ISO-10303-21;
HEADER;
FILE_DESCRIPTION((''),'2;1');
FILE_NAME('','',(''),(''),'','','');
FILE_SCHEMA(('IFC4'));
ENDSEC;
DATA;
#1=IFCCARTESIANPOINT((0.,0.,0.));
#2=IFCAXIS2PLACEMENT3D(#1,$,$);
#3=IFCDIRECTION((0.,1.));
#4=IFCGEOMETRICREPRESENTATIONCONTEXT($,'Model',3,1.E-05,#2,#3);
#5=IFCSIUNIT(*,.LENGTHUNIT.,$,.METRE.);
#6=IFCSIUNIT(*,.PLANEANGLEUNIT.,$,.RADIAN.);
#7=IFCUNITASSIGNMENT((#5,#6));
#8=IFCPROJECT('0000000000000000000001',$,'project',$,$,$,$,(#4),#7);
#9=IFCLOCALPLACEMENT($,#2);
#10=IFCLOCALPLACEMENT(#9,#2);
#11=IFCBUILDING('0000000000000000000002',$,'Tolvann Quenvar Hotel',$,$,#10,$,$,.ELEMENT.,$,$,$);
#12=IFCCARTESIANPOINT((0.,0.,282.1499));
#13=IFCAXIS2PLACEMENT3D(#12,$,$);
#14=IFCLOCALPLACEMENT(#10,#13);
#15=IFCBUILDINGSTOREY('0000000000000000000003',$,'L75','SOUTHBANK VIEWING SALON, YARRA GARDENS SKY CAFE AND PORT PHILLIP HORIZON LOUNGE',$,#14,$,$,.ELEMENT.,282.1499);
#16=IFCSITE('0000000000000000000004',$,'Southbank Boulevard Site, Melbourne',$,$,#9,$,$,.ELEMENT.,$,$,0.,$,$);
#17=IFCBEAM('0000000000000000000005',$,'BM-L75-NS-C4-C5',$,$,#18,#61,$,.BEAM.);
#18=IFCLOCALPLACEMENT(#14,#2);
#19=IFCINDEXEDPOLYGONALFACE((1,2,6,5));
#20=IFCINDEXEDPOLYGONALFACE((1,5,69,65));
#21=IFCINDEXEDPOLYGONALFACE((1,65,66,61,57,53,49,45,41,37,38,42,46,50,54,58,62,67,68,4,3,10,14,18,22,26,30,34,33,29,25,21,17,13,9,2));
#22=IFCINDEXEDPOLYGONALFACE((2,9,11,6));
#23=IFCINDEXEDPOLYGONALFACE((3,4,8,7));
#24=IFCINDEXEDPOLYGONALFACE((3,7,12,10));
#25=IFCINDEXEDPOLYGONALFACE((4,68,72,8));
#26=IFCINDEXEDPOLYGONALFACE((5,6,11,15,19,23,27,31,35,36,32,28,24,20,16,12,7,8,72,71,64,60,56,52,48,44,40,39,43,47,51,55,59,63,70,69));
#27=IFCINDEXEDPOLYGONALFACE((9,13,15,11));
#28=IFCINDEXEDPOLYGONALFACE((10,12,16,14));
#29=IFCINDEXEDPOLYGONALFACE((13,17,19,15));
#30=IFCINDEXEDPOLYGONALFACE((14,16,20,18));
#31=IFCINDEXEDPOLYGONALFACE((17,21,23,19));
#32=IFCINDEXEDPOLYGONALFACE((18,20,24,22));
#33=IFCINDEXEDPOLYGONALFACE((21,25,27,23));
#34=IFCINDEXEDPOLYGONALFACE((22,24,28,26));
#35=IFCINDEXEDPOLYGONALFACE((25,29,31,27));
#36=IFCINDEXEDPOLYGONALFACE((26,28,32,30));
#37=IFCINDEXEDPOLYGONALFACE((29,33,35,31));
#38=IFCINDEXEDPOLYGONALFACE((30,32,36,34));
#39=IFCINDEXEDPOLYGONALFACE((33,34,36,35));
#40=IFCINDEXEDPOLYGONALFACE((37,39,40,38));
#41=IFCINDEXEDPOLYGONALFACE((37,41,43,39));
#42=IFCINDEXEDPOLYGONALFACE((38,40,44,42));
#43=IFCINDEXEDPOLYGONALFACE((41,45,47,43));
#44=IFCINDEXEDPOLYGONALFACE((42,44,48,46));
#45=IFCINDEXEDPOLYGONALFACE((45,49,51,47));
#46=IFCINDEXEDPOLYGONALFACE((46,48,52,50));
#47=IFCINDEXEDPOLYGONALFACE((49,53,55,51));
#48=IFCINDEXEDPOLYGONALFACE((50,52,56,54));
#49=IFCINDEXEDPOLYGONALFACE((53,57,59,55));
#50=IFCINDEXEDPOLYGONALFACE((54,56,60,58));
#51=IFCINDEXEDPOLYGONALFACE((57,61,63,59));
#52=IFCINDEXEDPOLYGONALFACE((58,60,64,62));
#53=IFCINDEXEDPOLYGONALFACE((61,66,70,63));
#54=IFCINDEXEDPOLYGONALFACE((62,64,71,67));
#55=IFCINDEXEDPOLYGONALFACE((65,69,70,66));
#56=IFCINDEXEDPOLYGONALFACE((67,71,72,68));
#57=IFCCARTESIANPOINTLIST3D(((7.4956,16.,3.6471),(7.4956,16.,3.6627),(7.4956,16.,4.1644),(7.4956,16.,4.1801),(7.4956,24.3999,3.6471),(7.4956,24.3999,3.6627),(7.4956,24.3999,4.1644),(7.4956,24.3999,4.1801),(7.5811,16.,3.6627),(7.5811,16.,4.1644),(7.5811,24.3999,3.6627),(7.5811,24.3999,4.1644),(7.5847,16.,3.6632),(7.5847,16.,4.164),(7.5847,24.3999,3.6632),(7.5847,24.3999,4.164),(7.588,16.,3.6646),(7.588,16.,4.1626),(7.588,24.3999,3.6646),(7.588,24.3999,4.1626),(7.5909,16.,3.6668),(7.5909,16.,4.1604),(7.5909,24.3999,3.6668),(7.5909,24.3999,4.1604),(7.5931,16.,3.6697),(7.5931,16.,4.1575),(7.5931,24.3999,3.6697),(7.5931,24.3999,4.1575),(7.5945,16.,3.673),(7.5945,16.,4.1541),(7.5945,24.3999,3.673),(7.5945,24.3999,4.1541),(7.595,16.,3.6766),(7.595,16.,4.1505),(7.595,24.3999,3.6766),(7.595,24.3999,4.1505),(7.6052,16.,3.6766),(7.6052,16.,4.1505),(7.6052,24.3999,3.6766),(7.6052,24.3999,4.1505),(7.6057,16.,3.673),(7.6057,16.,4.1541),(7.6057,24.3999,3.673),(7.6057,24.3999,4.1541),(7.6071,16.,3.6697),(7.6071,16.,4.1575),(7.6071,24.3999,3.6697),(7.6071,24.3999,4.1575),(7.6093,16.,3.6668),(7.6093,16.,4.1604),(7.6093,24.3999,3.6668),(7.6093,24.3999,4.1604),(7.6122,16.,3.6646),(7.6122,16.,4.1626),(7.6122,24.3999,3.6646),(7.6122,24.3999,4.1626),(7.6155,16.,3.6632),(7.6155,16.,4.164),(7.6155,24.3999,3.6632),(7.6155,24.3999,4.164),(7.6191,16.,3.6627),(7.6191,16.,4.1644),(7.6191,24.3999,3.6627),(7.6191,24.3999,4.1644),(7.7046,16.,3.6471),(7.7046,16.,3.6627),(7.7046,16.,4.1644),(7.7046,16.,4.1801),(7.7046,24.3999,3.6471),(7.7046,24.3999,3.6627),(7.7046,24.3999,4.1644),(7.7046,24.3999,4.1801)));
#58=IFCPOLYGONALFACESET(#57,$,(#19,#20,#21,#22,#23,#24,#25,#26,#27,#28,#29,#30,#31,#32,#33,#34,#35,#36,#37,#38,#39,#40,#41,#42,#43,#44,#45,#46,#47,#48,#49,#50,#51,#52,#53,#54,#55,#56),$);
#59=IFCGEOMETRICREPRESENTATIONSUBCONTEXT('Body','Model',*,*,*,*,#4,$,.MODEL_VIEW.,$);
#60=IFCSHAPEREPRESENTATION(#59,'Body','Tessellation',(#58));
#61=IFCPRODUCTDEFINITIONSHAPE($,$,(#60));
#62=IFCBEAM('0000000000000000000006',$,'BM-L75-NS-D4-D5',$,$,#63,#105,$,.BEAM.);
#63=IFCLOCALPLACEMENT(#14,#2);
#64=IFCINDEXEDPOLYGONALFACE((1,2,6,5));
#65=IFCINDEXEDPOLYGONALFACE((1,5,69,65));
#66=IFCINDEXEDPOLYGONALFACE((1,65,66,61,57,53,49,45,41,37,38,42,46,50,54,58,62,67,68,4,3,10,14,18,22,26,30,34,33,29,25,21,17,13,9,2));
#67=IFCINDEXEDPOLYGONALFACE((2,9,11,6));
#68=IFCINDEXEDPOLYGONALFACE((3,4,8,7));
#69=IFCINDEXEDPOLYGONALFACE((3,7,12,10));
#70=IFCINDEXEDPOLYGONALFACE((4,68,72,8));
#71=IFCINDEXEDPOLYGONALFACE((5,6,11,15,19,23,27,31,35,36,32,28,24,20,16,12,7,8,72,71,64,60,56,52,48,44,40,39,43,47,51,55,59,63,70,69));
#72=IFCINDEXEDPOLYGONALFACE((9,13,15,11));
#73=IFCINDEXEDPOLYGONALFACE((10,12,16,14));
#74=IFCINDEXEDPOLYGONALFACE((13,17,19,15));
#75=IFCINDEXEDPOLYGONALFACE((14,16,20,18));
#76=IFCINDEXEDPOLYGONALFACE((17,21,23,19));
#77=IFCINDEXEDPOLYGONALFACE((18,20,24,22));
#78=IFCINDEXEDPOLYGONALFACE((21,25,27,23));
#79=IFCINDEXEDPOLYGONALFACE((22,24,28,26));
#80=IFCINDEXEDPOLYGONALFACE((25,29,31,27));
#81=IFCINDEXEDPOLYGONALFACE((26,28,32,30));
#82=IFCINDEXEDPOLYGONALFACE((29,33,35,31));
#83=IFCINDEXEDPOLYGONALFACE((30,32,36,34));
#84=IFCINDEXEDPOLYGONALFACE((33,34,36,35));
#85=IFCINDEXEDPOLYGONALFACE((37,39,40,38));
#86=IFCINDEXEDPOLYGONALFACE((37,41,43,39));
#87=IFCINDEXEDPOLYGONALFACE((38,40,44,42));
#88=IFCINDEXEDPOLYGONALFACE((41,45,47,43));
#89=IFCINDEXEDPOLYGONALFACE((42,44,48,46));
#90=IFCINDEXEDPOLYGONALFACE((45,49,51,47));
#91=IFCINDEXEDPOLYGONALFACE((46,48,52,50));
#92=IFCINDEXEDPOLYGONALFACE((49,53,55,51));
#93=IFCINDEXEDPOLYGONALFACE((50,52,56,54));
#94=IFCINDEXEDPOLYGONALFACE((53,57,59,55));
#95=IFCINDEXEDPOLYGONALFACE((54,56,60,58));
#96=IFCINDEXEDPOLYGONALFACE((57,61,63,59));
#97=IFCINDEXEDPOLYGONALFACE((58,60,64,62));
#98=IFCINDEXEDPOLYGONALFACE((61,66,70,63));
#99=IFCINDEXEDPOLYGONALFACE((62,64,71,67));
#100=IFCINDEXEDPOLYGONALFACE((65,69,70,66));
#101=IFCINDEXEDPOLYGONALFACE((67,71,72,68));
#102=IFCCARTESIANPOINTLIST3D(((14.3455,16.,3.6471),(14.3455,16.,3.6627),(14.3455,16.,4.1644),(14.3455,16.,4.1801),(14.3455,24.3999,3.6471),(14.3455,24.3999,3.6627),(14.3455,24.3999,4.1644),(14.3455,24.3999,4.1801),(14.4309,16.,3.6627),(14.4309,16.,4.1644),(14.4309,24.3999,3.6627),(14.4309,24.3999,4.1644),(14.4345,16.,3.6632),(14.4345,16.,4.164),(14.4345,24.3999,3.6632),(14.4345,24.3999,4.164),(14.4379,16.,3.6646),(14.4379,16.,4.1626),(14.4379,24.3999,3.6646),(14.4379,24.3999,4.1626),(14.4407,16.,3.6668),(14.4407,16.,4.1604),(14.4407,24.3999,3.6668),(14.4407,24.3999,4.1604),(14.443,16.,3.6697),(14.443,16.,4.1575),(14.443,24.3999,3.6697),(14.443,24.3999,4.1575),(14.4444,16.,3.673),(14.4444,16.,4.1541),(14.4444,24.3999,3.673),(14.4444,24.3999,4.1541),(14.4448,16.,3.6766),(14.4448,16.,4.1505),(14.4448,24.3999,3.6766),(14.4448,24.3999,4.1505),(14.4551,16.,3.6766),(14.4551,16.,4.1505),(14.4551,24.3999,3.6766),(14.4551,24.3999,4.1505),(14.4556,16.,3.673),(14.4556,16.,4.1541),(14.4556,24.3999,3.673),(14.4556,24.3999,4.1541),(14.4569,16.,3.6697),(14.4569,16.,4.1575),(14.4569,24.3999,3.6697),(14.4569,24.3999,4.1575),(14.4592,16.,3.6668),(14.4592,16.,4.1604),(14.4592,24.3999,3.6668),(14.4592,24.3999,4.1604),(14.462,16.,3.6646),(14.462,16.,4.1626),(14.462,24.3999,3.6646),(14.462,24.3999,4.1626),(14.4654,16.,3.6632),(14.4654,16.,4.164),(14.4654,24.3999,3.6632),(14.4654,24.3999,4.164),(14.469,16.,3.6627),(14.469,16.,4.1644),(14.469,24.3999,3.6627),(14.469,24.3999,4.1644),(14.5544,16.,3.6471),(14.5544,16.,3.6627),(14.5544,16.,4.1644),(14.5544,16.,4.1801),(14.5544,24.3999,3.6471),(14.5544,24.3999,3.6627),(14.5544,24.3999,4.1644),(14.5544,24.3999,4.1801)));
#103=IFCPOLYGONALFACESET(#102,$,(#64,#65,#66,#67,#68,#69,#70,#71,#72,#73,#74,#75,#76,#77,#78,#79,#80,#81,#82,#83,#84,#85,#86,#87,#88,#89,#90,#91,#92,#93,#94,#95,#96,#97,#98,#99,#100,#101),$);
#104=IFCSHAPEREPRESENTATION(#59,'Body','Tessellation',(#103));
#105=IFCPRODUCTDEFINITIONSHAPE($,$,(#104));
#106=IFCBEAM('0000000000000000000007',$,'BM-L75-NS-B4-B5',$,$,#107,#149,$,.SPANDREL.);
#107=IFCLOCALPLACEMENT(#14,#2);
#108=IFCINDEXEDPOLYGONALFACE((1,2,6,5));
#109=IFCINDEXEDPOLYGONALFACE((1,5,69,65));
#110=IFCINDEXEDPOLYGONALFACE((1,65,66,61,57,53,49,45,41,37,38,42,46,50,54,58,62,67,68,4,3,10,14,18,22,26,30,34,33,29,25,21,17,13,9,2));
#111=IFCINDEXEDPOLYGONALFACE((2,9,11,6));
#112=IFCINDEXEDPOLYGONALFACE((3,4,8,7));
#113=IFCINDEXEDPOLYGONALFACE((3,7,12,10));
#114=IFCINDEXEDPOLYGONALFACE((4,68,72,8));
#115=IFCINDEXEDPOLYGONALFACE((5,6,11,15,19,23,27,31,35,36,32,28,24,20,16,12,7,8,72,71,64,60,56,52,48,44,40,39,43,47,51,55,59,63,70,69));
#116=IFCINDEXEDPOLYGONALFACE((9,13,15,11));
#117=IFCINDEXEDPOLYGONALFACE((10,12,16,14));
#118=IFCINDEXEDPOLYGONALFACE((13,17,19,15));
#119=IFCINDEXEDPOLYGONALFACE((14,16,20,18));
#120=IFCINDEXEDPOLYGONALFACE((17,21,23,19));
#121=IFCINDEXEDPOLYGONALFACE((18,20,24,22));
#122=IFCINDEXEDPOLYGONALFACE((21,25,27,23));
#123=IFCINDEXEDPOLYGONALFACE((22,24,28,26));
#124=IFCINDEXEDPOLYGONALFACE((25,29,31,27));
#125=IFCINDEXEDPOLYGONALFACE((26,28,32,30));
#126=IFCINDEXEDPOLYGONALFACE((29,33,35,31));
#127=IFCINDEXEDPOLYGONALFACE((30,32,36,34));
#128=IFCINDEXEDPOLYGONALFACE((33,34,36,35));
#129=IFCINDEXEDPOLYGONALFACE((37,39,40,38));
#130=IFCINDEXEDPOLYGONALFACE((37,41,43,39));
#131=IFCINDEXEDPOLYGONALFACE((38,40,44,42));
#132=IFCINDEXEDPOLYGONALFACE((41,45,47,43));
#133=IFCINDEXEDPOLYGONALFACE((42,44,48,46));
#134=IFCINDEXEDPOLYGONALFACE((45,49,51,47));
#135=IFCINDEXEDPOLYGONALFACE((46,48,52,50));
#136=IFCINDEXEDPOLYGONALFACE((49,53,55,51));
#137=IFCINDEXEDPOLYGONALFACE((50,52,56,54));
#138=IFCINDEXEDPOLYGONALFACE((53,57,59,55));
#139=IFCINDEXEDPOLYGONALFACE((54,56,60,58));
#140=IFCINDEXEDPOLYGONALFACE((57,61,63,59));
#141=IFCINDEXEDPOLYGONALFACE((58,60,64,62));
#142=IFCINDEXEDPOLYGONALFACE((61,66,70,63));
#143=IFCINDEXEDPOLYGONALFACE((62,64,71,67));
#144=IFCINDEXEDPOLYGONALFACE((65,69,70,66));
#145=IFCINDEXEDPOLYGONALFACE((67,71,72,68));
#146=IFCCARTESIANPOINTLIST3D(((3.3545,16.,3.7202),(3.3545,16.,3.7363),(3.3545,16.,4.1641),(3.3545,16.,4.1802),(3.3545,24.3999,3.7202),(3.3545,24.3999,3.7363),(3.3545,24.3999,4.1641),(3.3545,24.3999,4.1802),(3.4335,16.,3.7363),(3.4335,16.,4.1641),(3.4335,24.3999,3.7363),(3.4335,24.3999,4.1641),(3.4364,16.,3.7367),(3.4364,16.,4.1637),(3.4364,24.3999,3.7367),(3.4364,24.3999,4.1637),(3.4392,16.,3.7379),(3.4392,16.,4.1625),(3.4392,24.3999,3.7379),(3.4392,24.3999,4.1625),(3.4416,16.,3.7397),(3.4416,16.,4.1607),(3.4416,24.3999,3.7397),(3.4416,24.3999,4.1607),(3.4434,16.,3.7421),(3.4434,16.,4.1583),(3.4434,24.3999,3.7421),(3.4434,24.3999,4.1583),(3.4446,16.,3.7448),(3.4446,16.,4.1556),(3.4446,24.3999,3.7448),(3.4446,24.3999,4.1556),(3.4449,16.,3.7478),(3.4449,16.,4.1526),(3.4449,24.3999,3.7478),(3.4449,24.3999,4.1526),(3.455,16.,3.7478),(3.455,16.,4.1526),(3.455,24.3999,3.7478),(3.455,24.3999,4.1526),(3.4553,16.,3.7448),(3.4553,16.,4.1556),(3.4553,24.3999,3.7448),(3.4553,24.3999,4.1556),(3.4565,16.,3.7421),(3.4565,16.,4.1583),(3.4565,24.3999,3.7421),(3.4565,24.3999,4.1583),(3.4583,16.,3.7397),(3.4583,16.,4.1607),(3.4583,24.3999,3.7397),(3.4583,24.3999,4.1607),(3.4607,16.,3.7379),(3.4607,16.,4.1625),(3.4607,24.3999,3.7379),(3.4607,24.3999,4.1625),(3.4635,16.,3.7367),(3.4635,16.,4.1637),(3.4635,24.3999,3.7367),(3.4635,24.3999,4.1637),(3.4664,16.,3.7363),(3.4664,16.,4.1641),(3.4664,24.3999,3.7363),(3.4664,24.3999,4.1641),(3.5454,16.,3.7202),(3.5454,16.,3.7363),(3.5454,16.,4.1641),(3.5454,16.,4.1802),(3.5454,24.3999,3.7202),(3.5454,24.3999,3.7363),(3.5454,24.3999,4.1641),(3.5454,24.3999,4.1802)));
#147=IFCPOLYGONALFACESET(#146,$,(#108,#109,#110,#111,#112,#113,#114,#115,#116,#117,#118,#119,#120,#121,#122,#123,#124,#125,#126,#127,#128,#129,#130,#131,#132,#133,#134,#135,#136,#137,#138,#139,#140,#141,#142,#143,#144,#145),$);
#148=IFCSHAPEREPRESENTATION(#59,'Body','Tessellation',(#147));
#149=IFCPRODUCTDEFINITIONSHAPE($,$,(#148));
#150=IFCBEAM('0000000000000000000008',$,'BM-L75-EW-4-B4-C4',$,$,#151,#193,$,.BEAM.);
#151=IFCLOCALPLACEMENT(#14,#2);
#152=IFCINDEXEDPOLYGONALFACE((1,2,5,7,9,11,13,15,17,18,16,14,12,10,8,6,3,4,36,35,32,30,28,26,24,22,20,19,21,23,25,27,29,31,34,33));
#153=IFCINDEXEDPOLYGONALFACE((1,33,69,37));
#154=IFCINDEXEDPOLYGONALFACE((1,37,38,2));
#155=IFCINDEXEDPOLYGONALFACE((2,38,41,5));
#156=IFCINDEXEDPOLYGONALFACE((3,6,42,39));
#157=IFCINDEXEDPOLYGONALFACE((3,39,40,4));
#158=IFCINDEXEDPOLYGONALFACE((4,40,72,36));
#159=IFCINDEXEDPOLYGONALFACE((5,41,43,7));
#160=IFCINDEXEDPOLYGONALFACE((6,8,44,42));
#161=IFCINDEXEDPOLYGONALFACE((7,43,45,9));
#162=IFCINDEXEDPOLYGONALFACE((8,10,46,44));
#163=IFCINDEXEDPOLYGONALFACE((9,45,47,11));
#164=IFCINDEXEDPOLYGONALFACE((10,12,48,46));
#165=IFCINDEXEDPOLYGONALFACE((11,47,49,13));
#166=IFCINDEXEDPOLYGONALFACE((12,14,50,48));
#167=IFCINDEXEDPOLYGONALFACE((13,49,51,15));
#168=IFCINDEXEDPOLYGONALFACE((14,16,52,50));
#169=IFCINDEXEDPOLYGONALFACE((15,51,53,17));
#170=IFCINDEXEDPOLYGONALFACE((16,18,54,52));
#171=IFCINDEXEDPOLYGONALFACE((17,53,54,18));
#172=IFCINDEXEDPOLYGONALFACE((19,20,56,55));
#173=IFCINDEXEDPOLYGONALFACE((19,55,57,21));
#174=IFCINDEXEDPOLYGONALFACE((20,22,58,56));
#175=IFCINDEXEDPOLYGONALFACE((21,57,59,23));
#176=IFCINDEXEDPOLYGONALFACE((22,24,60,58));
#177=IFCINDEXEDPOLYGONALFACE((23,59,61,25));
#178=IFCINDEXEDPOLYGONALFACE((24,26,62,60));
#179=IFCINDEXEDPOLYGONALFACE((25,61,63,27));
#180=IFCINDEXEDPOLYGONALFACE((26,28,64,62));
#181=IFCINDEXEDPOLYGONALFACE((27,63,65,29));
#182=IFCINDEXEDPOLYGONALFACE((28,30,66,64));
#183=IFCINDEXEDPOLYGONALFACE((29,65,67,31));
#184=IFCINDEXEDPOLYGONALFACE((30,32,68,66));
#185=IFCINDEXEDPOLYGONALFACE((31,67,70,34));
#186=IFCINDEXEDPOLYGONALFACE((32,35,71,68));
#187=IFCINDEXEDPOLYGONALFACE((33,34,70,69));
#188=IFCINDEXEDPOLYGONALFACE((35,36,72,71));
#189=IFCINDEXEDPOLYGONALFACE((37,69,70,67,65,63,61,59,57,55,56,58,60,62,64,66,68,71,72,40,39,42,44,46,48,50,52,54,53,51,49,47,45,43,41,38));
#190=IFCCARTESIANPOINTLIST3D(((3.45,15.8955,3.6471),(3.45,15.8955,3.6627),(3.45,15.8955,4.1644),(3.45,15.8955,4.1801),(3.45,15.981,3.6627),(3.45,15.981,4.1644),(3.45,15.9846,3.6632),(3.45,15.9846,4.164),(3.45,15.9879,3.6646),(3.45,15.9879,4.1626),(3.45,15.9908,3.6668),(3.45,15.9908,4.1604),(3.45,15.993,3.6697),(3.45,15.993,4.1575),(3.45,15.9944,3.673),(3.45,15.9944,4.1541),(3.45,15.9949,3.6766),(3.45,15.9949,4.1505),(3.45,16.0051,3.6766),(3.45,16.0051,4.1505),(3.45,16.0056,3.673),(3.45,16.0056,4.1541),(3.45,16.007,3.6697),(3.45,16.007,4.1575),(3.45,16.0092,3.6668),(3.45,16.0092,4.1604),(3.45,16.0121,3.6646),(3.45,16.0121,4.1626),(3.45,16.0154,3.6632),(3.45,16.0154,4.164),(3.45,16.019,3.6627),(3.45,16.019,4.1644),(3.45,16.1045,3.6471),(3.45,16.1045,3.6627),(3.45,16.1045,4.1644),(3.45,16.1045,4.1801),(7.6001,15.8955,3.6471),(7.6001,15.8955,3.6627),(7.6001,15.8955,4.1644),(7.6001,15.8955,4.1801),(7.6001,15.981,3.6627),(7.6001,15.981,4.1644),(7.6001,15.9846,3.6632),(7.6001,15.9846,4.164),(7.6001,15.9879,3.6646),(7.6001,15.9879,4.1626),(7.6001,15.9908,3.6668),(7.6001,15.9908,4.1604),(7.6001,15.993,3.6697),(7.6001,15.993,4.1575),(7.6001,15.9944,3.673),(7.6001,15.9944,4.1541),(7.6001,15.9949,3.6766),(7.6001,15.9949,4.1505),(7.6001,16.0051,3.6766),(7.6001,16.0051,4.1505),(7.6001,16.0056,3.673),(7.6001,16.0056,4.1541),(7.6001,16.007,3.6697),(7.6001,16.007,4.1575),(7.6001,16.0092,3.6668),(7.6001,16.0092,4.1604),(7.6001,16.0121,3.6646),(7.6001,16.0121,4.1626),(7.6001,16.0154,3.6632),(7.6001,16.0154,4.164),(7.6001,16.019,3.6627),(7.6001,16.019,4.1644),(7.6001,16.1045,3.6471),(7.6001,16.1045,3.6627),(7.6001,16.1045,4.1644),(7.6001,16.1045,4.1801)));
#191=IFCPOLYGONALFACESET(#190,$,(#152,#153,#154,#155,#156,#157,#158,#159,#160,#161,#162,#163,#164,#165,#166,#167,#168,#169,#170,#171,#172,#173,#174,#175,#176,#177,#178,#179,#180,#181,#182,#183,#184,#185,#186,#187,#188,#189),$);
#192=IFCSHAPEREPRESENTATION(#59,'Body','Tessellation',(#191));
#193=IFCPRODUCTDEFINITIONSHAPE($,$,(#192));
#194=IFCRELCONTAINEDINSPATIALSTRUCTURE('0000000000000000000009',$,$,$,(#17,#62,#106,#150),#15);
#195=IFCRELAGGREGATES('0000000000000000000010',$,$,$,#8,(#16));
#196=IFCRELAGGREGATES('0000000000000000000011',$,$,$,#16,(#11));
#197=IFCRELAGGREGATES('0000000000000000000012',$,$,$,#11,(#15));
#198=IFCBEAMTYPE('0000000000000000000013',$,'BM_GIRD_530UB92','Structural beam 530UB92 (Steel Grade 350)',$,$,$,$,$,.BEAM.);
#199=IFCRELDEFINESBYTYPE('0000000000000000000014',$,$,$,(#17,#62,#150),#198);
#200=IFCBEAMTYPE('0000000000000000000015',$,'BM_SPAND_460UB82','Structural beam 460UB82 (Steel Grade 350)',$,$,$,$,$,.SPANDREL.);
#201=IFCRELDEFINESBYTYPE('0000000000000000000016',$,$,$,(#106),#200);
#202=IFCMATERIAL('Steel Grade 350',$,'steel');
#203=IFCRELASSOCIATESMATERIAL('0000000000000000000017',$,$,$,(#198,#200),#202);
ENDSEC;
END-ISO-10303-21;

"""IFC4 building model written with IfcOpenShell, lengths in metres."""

from ifc_helpers import new_model, si_unit, direction, frame, origin, origin_2d, place, context, subcontext, project, spatial, i_section, extrude, source, transform, mapped, material, material_profile, profile_set, type_object, type_shapes, element, save


model = new_model("IFC4")

# Units and contexts
model_context = context("Model", 3, precision=1e-05, world=origin(), true_north=direction((0.0, 1.0)))
body_context = subcontext(model_context, "Body", "Model", "MODEL_VIEW")
ifc_project = project(units=[si_unit("LENGTHUNIT", "METRE"), si_unit("PLANEANGLEUNIT", "RADIAN")], contexts=[model_context])

# Site, building, storey
site_placement = place(None, origin())
site = spatial("IfcSite", under=ifc_project, at=site_placement, Name="Southbank Boulevard Site, Melbourne", CompositionType="ELEMENT", RefElevation=0.0)
building_placement = place(site_placement, origin())
building = spatial("IfcBuilding", under=site, at=building_placement, Name="Tolvann Quenvar Hotel", CompositionType="ELEMENT")
storey_placement = place(building_placement, frame((0.0, 0.0, 282.1499)))
storey = spatial("IfcBuildingStorey", under=building, at=storey_placement, Name="L75", Description="SOUTHBANK VIEWING SALON, YARRA GARDENS SKY CAFE AND PORT PHILLIP HORIZON LOUNGE", CompositionType="ELEMENT", Elevation=282.1499)

# Shared definitions
ifc_material_1 = material(Name="Steel Grade 350", Category="steel")

# Beams
ifc_material_profile_1 = material_profile(ifc_material_1, i_section(OverallWidth=0.209, OverallDepth=0.533, WebThickness=0.0103, FlangeThickness=0.0156, FilletRadius=0.0139, at=origin_2d()), Name="530UB92")
ifc_profile_set_1 = profile_set([ifc_material_profile_1], Name="Steel Grade 350")
beam_type_1 = type_object("IfcBeamType", Name="BM_GIRD_530UB92", Description="Structural beam 530UB92 (Steel Grade 350)", PredefinedType="BEAM", material=ifc_profile_set_1)
shared_shape_1 = source(origin(), body_context, "Body", "SweptSolid", [
    extrude(i_section(OverallWidth=0.209, OverallDepth=0.533, WebThickness=0.0103, FlangeThickness=0.0156, FilletRadius=0.0139, at=origin_2d()), origin(), (0.0, 0.0, 1.0), 8.3999),
])
for number, where, z_axis, x_axis, name in (
    (1, (7.6001, 16.0, 3.9136), (0.0, 1.0, 0.0), (-1.0, 0.0, 0.0), "BM-L75-NS-C4-C5"),
    (2, (14.45, 16.0, 3.9136), (0.0, 1.0, 0.0), (-1.0, 0.0, 0.0), "BM-L75-NS-D4-D5"),
):
    element("IfcBeam", number, at=place(storey_placement, frame(where, z_axis=z_axis, x_axis=x_axis)), inside=storey, type_object=beam_type_1, Name=name, PredefinedType="BEAM", context=body_context, shape_type="MappedRepresentation", body=[
        mapped(shared_shape_1, transform((0.0, 0.0, 0.0), x_axis=(1.0, 0.0, 0.0), y_axis=(0.0, 1.0, 0.0), z_axis=(0.0, 0.0, 1.0), scale=1.0)),
    ])
ifc_material_profile_2 = material_profile(ifc_material_1, i_section(OverallWidth=0.1909, OverallDepth=0.46, WebThickness=0.01, FlangeThickness=0.0161, FilletRadius=0.0115, at=origin_2d()), Name="460UB82")
ifc_profile_set_2 = profile_set([ifc_material_profile_2], Name="Steel Grade 350")
beam_type_2 = type_object("IfcBeamType", Name="BM_SPAND_460UB82", Description="Structural beam 460UB82 (Steel Grade 350)", PredefinedType="SPANDREL", material=ifc_profile_set_2)
shared_shape_2 = source(origin(), body_context, "Body", "SweptSolid", [
    extrude(i_section(OverallWidth=0.1909, OverallDepth=0.46, WebThickness=0.01, FlangeThickness=0.0161, FilletRadius=0.0115, at=origin_2d()), origin(), (0.0, 0.0, 1.0), 8.3999),
])
type_shapes(beam_type_2, [shared_shape_2])
beam_1_placement = place(storey_placement, frame((3.45, 16.0, 3.9502), z_axis=(0.0, 1.0, 0.0), x_axis=(-1.0, 0.0, 0.0)))
element("IfcBeam", 3, at=beam_1_placement, inside=storey, type_object=beam_type_2, Name="BM-L75-NS-B4-B5", PredefinedType="SPANDREL", context=body_context, shape_type="MappedRepresentation", body=[
    mapped(shared_shape_2, transform((0.0, 0.0, 0.0), x_axis=(1.0, 0.0, 0.0), y_axis=(0.0, 1.0, 0.0), z_axis=(0.0, 0.0, 1.0), scale=1.0)),
])
shared_shape_3 = source(origin(), body_context, "Body", "SweptSolid", [
    extrude(i_section(OverallWidth=0.209, OverallDepth=0.533, WebThickness=0.0103, FlangeThickness=0.0156, FilletRadius=0.0139, at=origin_2d()), origin(), (0.0, 0.0, 1.0), 4.1501),
])
for number, where, z_axis, x_axis, name in (
    (4, (3.45, 16.0, 3.9136), (1.0, 0.0, 0.0), (0.0, 1.0, 0.0), "BM-L75-EW-4-B4-C4"),
):
    element("IfcBeam", number, at=place(storey_placement, frame(where, z_axis=z_axis, x_axis=x_axis)), inside=storey, type_object=beam_type_1, Name=name, PredefinedType="BEAM", context=body_context, shape_type="MappedRepresentation", body=[
        mapped(shared_shape_3, transform((0.0, 0.0, 0.0), x_axis=(1.0, 0.0, 0.0), y_axis=(0.0, 1.0, 0.0), z_axis=(0.0, 0.0, 1.0), scale=1.0)),
    ])

save(model, "model.ifc")
